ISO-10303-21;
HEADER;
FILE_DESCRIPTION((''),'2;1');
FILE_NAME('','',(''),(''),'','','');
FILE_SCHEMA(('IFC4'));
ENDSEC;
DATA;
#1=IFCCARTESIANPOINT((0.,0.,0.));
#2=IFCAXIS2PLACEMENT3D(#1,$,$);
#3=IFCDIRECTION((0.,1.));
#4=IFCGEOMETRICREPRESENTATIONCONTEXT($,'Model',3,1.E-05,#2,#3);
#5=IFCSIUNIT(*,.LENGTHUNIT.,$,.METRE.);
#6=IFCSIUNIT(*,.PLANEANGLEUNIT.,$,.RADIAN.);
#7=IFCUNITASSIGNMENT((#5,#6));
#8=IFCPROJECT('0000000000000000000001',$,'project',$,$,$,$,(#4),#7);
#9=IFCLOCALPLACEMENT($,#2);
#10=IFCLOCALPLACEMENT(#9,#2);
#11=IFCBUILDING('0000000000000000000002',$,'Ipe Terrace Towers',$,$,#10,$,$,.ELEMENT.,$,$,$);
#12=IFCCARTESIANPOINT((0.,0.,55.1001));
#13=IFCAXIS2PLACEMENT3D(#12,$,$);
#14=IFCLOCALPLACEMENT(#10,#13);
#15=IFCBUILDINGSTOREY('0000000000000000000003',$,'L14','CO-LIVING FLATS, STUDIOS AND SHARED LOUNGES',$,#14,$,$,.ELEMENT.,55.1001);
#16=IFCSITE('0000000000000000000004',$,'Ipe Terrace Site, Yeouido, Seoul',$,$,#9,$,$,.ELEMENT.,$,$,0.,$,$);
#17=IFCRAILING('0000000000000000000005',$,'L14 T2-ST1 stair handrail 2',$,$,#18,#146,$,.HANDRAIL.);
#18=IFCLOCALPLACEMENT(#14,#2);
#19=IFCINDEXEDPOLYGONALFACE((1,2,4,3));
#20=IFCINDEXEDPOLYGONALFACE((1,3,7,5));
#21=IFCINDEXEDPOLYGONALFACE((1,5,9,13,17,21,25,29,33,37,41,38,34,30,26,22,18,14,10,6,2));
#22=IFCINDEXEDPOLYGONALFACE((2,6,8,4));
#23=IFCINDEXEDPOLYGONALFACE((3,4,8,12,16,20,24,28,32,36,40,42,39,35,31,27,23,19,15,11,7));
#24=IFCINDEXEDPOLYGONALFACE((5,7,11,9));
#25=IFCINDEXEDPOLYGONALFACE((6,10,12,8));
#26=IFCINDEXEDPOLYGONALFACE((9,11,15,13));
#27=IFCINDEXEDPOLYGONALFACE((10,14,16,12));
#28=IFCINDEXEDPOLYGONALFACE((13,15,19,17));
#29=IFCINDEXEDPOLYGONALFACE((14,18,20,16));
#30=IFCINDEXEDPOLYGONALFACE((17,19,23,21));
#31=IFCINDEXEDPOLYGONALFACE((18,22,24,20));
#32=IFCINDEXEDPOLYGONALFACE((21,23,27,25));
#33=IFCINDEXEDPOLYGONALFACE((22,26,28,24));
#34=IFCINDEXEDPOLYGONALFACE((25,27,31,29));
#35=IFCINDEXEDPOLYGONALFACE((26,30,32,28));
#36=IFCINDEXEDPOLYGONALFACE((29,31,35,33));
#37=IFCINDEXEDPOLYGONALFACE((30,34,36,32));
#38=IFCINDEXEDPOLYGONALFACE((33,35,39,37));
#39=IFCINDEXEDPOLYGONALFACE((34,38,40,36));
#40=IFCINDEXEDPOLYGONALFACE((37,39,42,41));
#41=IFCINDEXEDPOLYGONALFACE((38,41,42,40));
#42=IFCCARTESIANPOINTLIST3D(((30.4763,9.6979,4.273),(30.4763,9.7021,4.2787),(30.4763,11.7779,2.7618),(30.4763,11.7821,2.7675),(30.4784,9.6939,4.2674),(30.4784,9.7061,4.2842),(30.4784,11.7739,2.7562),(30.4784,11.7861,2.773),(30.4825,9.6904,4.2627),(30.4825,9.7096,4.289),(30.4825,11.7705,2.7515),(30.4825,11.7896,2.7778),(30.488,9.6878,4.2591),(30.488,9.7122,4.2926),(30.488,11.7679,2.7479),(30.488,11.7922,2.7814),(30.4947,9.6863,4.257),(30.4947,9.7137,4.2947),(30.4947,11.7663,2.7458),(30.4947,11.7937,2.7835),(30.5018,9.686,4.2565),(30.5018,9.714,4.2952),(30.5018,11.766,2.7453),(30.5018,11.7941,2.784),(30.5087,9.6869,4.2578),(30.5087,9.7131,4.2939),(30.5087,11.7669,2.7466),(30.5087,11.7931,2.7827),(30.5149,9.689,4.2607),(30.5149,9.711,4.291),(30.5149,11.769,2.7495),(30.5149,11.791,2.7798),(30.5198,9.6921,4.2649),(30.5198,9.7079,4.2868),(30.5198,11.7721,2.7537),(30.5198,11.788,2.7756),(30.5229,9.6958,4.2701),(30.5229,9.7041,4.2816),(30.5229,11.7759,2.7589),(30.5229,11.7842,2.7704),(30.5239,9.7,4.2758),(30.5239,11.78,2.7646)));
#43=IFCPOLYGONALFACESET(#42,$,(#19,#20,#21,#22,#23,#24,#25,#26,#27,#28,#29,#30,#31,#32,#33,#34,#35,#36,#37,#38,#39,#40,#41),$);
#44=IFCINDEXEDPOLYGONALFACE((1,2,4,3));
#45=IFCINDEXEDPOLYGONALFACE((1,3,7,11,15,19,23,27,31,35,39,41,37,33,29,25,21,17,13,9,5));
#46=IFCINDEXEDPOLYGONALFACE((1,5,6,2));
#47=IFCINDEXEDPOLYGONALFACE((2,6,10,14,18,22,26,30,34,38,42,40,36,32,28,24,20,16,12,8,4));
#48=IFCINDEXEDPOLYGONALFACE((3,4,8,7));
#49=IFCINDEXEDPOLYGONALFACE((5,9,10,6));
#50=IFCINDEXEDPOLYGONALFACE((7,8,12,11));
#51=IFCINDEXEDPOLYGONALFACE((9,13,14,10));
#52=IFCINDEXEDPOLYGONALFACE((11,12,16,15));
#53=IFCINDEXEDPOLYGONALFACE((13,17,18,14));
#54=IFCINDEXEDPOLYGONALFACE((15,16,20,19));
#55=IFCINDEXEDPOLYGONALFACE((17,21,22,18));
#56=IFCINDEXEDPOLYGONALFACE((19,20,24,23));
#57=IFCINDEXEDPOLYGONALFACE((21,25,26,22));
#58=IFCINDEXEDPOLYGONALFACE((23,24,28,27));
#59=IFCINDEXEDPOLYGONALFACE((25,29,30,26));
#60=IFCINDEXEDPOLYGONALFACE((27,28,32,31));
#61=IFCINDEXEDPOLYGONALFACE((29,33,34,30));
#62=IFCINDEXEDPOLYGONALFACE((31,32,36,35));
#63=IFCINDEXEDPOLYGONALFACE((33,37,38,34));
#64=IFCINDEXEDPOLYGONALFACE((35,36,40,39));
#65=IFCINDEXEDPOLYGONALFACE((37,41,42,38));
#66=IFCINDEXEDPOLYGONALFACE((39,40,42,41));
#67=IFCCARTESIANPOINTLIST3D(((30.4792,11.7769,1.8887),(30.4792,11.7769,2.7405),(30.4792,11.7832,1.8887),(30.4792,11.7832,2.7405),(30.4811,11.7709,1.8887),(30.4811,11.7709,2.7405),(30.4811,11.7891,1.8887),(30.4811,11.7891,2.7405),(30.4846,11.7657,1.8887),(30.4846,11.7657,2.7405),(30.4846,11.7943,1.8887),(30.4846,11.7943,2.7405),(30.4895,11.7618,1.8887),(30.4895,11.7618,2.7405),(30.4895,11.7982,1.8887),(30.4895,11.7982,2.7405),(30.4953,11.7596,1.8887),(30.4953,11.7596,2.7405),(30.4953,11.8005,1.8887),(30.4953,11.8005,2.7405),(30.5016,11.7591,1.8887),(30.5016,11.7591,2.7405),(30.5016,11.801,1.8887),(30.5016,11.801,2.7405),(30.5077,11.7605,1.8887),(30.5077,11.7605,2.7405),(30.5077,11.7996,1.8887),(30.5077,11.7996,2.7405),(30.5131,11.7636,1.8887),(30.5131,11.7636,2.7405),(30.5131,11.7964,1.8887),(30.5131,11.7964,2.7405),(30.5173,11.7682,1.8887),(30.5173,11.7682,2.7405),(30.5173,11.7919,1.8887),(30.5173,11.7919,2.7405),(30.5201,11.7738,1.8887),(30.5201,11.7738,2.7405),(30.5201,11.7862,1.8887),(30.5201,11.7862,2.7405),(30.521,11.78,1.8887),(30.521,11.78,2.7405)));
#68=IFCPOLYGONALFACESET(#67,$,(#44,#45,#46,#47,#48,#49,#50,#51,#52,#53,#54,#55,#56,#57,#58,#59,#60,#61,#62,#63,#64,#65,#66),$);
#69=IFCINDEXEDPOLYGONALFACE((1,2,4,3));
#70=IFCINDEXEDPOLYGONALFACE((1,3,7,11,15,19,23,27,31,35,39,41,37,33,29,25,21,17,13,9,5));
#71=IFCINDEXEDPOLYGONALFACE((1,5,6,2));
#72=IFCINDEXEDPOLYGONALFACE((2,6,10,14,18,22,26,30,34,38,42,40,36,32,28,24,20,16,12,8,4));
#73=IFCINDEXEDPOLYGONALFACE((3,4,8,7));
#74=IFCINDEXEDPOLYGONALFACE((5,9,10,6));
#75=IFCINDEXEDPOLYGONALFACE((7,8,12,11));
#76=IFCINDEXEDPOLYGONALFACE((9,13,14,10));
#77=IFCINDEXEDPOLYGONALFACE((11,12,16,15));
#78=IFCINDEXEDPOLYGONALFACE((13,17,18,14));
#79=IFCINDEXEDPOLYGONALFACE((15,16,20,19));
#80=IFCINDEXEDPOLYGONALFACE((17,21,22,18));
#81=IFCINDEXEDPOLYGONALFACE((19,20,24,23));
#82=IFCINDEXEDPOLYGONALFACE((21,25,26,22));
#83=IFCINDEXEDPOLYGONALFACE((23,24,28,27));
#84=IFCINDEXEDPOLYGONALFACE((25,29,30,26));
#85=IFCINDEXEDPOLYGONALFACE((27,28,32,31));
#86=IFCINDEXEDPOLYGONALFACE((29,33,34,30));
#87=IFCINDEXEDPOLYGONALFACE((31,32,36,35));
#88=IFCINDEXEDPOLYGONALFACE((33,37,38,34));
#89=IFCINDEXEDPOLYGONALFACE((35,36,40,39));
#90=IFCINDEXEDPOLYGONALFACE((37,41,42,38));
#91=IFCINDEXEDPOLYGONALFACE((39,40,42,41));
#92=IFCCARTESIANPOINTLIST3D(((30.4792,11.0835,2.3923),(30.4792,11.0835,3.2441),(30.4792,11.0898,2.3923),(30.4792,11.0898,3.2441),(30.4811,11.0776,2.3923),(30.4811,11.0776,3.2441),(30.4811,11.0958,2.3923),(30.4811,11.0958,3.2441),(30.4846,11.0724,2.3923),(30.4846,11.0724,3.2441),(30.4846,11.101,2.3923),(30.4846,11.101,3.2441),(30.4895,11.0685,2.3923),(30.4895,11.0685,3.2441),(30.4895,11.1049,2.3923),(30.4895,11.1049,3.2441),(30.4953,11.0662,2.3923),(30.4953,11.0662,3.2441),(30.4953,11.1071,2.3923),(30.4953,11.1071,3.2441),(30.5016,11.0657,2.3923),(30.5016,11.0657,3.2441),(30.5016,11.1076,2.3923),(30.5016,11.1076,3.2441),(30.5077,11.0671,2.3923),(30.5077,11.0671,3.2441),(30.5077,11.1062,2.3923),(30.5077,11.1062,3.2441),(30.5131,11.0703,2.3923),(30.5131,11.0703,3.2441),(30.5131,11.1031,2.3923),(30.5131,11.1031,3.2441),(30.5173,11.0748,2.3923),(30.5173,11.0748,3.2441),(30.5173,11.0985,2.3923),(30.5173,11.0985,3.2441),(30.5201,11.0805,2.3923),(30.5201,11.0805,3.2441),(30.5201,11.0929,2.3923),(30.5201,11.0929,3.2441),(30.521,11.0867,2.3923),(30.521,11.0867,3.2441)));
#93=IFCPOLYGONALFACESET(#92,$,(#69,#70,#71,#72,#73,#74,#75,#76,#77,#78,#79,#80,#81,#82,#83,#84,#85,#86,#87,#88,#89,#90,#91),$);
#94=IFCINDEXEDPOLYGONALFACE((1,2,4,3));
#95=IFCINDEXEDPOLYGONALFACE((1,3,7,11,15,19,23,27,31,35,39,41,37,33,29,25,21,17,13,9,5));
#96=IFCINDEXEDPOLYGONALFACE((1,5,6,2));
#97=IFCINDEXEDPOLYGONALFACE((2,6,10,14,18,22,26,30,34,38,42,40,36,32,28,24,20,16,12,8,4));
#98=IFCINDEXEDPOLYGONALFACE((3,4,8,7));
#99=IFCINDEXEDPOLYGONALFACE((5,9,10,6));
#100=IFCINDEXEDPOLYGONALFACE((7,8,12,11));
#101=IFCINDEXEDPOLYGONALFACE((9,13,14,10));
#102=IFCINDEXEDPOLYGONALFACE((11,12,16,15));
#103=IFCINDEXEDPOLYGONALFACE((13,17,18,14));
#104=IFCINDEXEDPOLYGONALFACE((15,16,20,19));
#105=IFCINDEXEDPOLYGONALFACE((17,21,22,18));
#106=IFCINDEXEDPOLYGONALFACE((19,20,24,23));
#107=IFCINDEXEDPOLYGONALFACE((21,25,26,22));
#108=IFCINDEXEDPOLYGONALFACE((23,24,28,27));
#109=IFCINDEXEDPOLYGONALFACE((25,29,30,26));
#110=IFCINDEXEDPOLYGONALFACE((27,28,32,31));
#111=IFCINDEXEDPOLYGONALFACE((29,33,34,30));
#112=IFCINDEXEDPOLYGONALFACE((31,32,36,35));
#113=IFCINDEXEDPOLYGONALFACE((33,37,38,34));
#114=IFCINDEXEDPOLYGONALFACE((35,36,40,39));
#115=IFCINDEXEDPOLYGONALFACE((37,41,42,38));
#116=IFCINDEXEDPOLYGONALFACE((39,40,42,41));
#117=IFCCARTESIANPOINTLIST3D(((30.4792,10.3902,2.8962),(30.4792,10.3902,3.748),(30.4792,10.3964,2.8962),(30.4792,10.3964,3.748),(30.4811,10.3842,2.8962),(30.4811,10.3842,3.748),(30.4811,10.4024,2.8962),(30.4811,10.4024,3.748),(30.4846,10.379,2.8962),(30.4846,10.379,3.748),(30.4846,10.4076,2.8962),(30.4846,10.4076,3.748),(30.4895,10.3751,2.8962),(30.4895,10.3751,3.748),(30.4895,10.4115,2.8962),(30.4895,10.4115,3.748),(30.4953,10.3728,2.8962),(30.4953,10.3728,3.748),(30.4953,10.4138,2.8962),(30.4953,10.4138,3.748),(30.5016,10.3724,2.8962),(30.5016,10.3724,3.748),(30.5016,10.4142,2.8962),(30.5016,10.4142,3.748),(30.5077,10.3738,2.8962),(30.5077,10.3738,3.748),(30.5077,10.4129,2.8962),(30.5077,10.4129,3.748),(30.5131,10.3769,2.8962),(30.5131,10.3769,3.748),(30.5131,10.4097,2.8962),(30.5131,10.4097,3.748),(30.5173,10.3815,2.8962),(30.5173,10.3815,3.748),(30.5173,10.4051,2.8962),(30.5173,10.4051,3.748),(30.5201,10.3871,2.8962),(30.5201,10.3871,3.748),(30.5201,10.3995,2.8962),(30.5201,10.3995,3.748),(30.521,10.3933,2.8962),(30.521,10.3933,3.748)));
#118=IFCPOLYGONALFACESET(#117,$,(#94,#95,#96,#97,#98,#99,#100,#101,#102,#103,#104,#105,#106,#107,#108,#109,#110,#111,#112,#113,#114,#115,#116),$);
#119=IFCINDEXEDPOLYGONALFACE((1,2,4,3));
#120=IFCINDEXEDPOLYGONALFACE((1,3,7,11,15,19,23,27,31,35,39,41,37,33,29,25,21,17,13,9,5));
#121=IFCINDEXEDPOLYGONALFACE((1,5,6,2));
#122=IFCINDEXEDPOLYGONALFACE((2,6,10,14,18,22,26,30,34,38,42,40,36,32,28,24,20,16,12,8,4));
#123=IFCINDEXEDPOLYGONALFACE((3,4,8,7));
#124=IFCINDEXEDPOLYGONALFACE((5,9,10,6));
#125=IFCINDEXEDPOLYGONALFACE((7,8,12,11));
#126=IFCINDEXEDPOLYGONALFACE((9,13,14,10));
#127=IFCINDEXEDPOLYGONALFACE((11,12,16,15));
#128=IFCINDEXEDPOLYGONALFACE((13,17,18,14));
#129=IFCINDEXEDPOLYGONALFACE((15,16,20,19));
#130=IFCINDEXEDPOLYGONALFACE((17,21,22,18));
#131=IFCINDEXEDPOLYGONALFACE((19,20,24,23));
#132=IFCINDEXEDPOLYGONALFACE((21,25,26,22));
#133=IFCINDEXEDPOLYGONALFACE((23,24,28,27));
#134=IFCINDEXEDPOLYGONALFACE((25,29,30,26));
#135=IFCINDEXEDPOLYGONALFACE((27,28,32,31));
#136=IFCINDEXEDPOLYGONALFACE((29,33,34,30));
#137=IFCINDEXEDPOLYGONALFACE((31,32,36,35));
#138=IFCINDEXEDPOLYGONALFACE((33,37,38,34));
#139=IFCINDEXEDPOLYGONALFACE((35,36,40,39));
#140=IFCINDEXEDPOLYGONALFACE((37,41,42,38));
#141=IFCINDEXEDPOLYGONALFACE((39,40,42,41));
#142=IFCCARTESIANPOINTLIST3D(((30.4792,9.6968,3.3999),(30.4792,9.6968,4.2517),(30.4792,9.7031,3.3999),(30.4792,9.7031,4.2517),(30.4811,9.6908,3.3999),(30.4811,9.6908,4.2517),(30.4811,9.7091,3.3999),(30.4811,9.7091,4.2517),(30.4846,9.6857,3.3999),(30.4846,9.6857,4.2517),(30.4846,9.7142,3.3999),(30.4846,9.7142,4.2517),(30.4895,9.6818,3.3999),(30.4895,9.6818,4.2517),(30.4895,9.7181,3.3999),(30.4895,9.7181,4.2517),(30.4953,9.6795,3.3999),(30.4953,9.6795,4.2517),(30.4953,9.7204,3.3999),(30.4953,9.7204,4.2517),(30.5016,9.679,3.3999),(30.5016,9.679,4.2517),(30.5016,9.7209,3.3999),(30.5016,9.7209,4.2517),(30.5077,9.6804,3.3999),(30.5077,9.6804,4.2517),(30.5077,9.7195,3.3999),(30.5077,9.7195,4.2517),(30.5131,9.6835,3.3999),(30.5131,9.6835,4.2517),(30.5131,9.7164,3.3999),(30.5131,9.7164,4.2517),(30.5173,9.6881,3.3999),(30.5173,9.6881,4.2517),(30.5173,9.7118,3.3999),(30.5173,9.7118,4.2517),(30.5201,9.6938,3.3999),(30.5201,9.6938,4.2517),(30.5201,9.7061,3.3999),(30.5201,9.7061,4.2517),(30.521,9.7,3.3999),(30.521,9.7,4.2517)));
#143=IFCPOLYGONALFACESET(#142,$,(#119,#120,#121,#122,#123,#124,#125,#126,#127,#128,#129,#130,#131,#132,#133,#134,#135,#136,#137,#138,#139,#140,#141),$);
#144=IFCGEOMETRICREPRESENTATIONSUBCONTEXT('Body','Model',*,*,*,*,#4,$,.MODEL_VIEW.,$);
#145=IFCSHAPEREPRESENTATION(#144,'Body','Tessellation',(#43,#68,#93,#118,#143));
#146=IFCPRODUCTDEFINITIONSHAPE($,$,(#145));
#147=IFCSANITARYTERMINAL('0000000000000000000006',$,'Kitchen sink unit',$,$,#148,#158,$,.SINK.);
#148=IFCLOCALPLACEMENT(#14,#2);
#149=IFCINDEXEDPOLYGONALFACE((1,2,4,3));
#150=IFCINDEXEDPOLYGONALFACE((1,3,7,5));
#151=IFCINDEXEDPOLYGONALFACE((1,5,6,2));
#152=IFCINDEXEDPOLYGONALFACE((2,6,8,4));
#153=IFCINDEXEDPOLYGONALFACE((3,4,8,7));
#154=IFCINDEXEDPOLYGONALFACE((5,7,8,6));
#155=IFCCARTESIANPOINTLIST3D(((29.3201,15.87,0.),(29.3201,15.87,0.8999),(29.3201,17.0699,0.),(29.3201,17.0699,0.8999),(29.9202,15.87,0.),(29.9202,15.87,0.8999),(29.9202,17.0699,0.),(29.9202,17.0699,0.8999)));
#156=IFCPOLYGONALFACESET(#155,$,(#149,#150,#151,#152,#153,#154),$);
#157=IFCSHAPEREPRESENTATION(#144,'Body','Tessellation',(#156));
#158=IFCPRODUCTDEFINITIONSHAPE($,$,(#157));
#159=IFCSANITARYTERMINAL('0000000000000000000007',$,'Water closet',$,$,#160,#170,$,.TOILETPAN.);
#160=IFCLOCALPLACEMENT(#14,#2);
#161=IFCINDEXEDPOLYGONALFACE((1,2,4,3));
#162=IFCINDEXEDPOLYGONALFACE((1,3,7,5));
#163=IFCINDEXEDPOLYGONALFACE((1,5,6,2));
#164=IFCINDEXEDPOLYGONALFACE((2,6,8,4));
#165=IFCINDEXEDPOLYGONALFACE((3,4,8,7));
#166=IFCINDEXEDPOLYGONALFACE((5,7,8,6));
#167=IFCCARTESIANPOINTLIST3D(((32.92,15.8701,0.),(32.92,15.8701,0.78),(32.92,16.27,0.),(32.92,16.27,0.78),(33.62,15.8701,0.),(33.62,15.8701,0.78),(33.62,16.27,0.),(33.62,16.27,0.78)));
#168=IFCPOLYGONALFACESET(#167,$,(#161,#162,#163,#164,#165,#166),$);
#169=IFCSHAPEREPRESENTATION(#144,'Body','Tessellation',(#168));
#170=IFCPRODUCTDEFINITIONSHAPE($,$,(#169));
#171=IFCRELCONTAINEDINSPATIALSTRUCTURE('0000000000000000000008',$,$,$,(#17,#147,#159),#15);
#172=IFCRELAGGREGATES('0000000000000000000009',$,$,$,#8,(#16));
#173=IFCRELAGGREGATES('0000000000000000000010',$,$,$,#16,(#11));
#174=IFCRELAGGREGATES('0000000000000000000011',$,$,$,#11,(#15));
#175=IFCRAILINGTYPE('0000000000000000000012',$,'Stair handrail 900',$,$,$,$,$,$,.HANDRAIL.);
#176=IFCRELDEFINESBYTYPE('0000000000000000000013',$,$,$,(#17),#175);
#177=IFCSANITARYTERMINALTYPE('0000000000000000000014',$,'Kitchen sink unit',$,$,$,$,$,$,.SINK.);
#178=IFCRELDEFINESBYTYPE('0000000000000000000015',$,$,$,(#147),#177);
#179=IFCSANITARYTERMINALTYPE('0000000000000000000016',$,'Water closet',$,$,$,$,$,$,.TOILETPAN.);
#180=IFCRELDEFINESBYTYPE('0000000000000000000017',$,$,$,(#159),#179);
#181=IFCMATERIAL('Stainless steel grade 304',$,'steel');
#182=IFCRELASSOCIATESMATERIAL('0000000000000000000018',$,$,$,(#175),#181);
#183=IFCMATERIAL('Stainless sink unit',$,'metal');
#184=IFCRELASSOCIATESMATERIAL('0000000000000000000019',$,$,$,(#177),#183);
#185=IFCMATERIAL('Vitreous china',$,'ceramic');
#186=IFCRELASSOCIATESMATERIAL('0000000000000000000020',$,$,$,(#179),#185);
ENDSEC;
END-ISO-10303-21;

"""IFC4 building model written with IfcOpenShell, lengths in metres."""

from ifc_helpers import new_model, si_unit, direction, frame, origin, origin_2d, place, context, subcontext, project, spatial, rectangle, circle, extrude, material, type_object, element, save


model = new_model("IFC4")

# Units and contexts
model_context = context("Model", 3, precision=1e-05, world=origin(), true_north=direction((0.0, 1.0)))
body_context = subcontext(model_context, "Body", "Model", "MODEL_VIEW")
ifc_project = project(units=[si_unit("LENGTHUNIT", "METRE"), si_unit("PLANEANGLEUNIT", "RADIAN")], contexts=[model_context])

# Site, building, storey
site_placement = place(None, origin())
site = spatial("IfcSite", under=ifc_project, at=site_placement, Name="Ipe Terrace Site, Yeouido, Seoul", CompositionType="ELEMENT", RefElevation=0.0)
building_placement = place(site_placement, origin())
building = spatial("IfcBuilding", under=site, at=building_placement, Name="Ipe Terrace Towers", CompositionType="ELEMENT")
storey_placement = place(building_placement, frame((0.0, 0.0, 55.1001)))
storey = spatial("IfcBuildingStorey", under=building, at=storey_placement, Name="L14", Description="CO-LIVING FLATS, STUDIOS AND SHARED LOUNGES", CompositionType="ELEMENT", Elevation=55.1001)

# Railing
ifc_material_1 = material(Name="Stainless steel grade 304", Category="steel")
railing_type_1 = type_object("IfcRailingType", Name="Stair handrail 900", PredefinedType="HANDRAIL", material=ifc_material_1)
railing_1_placement = place(storey_placement, frame((30.5, 11.78, 1.8887)))
element("IfcRailing", 1, at=railing_1_placement, inside=storey, type_object=railing_type_1, Name="L14 T2-ST1 stair handrail 2", PredefinedType="HANDRAIL", context=body_context, shape_type="SweptSolid", body=[
    extrude(circle(Radius=0.0239, at=origin_2d()), frame((0.0, 0.0, 0.876), z_axis=(0.0, -0.809023, 0.587776), x_axis=(1.0, 0.0, 0.0)), (0.0, 0.0, 1.0), 2.571),
    extrude(circle(Radius=0.021, at=origin_2d()), origin(), (0.0, 0.0, 1.0), 0.8518),
    extrude(circle(Radius=0.021, at=origin_2d()), frame((0.0, -0.6934, 0.5037)), (0.0, 0.0, 1.0), 0.8518),
    extrude(circle(Radius=0.021, at=origin_2d()), frame((0.0, -1.3867, 1.0076)), (0.0, 0.0, 1.0), 0.8518),
    extrude(circle(Radius=0.021, at=origin_2d()), frame((0.0, -2.0801, 1.5112)), (0.0, 0.0, 1.0), 0.8518),
])

# Sanitary terminals
ifc_material_2 = material(Name="Stainless sink unit", Category="metal")
sanitary_terminal_type_1 = type_object("IfcSanitaryTerminalType", Name="Kitchen sink unit", PredefinedType="SINK", material=ifc_material_2)
sanitary_terminal_1_placement = place(storey_placement, frame((29.6201, 16.47, 0.0), z_axis=(0.0, 0.0, 1.0), x_axis=(0.0, 1.0, 0.0)))
element("IfcSanitaryTerminal", 2, at=sanitary_terminal_1_placement, inside=storey, type_object=sanitary_terminal_type_1, Name="Kitchen sink unit", PredefinedType="SINK", context=body_context, shape_type="SweptSolid", body=[
    extrude(rectangle(XDim=1.2, YDim=0.6001, at=origin_2d()), origin(), (0.0, 0.0, 1.0), 0.8999),
])
ifc_material_3 = material(Name="Vitreous china", Category="ceramic")
sanitary_terminal_type_2 = type_object("IfcSanitaryTerminalType", Name="Water closet", PredefinedType="TOILETPAN", material=ifc_material_3)
sanitary_terminal_2_placement = place(storey_placement, frame((33.27, 16.0701, 0.0), z_axis=(0.0, 0.0, 1.0), x_axis=(1.0, 0.0, 0.0)))
element("IfcSanitaryTerminal", 3, at=sanitary_terminal_2_placement, inside=storey, type_object=sanitary_terminal_type_2, Name="Water closet", PredefinedType="TOILETPAN", context=body_context, shape_type="SweptSolid", body=[
    extrude(rectangle(XDim=0.7, YDim=0.3999, at=origin_2d()), origin(), (0.0, 0.0, 1.0), 0.78),
])

save(model, "model.ifc")
